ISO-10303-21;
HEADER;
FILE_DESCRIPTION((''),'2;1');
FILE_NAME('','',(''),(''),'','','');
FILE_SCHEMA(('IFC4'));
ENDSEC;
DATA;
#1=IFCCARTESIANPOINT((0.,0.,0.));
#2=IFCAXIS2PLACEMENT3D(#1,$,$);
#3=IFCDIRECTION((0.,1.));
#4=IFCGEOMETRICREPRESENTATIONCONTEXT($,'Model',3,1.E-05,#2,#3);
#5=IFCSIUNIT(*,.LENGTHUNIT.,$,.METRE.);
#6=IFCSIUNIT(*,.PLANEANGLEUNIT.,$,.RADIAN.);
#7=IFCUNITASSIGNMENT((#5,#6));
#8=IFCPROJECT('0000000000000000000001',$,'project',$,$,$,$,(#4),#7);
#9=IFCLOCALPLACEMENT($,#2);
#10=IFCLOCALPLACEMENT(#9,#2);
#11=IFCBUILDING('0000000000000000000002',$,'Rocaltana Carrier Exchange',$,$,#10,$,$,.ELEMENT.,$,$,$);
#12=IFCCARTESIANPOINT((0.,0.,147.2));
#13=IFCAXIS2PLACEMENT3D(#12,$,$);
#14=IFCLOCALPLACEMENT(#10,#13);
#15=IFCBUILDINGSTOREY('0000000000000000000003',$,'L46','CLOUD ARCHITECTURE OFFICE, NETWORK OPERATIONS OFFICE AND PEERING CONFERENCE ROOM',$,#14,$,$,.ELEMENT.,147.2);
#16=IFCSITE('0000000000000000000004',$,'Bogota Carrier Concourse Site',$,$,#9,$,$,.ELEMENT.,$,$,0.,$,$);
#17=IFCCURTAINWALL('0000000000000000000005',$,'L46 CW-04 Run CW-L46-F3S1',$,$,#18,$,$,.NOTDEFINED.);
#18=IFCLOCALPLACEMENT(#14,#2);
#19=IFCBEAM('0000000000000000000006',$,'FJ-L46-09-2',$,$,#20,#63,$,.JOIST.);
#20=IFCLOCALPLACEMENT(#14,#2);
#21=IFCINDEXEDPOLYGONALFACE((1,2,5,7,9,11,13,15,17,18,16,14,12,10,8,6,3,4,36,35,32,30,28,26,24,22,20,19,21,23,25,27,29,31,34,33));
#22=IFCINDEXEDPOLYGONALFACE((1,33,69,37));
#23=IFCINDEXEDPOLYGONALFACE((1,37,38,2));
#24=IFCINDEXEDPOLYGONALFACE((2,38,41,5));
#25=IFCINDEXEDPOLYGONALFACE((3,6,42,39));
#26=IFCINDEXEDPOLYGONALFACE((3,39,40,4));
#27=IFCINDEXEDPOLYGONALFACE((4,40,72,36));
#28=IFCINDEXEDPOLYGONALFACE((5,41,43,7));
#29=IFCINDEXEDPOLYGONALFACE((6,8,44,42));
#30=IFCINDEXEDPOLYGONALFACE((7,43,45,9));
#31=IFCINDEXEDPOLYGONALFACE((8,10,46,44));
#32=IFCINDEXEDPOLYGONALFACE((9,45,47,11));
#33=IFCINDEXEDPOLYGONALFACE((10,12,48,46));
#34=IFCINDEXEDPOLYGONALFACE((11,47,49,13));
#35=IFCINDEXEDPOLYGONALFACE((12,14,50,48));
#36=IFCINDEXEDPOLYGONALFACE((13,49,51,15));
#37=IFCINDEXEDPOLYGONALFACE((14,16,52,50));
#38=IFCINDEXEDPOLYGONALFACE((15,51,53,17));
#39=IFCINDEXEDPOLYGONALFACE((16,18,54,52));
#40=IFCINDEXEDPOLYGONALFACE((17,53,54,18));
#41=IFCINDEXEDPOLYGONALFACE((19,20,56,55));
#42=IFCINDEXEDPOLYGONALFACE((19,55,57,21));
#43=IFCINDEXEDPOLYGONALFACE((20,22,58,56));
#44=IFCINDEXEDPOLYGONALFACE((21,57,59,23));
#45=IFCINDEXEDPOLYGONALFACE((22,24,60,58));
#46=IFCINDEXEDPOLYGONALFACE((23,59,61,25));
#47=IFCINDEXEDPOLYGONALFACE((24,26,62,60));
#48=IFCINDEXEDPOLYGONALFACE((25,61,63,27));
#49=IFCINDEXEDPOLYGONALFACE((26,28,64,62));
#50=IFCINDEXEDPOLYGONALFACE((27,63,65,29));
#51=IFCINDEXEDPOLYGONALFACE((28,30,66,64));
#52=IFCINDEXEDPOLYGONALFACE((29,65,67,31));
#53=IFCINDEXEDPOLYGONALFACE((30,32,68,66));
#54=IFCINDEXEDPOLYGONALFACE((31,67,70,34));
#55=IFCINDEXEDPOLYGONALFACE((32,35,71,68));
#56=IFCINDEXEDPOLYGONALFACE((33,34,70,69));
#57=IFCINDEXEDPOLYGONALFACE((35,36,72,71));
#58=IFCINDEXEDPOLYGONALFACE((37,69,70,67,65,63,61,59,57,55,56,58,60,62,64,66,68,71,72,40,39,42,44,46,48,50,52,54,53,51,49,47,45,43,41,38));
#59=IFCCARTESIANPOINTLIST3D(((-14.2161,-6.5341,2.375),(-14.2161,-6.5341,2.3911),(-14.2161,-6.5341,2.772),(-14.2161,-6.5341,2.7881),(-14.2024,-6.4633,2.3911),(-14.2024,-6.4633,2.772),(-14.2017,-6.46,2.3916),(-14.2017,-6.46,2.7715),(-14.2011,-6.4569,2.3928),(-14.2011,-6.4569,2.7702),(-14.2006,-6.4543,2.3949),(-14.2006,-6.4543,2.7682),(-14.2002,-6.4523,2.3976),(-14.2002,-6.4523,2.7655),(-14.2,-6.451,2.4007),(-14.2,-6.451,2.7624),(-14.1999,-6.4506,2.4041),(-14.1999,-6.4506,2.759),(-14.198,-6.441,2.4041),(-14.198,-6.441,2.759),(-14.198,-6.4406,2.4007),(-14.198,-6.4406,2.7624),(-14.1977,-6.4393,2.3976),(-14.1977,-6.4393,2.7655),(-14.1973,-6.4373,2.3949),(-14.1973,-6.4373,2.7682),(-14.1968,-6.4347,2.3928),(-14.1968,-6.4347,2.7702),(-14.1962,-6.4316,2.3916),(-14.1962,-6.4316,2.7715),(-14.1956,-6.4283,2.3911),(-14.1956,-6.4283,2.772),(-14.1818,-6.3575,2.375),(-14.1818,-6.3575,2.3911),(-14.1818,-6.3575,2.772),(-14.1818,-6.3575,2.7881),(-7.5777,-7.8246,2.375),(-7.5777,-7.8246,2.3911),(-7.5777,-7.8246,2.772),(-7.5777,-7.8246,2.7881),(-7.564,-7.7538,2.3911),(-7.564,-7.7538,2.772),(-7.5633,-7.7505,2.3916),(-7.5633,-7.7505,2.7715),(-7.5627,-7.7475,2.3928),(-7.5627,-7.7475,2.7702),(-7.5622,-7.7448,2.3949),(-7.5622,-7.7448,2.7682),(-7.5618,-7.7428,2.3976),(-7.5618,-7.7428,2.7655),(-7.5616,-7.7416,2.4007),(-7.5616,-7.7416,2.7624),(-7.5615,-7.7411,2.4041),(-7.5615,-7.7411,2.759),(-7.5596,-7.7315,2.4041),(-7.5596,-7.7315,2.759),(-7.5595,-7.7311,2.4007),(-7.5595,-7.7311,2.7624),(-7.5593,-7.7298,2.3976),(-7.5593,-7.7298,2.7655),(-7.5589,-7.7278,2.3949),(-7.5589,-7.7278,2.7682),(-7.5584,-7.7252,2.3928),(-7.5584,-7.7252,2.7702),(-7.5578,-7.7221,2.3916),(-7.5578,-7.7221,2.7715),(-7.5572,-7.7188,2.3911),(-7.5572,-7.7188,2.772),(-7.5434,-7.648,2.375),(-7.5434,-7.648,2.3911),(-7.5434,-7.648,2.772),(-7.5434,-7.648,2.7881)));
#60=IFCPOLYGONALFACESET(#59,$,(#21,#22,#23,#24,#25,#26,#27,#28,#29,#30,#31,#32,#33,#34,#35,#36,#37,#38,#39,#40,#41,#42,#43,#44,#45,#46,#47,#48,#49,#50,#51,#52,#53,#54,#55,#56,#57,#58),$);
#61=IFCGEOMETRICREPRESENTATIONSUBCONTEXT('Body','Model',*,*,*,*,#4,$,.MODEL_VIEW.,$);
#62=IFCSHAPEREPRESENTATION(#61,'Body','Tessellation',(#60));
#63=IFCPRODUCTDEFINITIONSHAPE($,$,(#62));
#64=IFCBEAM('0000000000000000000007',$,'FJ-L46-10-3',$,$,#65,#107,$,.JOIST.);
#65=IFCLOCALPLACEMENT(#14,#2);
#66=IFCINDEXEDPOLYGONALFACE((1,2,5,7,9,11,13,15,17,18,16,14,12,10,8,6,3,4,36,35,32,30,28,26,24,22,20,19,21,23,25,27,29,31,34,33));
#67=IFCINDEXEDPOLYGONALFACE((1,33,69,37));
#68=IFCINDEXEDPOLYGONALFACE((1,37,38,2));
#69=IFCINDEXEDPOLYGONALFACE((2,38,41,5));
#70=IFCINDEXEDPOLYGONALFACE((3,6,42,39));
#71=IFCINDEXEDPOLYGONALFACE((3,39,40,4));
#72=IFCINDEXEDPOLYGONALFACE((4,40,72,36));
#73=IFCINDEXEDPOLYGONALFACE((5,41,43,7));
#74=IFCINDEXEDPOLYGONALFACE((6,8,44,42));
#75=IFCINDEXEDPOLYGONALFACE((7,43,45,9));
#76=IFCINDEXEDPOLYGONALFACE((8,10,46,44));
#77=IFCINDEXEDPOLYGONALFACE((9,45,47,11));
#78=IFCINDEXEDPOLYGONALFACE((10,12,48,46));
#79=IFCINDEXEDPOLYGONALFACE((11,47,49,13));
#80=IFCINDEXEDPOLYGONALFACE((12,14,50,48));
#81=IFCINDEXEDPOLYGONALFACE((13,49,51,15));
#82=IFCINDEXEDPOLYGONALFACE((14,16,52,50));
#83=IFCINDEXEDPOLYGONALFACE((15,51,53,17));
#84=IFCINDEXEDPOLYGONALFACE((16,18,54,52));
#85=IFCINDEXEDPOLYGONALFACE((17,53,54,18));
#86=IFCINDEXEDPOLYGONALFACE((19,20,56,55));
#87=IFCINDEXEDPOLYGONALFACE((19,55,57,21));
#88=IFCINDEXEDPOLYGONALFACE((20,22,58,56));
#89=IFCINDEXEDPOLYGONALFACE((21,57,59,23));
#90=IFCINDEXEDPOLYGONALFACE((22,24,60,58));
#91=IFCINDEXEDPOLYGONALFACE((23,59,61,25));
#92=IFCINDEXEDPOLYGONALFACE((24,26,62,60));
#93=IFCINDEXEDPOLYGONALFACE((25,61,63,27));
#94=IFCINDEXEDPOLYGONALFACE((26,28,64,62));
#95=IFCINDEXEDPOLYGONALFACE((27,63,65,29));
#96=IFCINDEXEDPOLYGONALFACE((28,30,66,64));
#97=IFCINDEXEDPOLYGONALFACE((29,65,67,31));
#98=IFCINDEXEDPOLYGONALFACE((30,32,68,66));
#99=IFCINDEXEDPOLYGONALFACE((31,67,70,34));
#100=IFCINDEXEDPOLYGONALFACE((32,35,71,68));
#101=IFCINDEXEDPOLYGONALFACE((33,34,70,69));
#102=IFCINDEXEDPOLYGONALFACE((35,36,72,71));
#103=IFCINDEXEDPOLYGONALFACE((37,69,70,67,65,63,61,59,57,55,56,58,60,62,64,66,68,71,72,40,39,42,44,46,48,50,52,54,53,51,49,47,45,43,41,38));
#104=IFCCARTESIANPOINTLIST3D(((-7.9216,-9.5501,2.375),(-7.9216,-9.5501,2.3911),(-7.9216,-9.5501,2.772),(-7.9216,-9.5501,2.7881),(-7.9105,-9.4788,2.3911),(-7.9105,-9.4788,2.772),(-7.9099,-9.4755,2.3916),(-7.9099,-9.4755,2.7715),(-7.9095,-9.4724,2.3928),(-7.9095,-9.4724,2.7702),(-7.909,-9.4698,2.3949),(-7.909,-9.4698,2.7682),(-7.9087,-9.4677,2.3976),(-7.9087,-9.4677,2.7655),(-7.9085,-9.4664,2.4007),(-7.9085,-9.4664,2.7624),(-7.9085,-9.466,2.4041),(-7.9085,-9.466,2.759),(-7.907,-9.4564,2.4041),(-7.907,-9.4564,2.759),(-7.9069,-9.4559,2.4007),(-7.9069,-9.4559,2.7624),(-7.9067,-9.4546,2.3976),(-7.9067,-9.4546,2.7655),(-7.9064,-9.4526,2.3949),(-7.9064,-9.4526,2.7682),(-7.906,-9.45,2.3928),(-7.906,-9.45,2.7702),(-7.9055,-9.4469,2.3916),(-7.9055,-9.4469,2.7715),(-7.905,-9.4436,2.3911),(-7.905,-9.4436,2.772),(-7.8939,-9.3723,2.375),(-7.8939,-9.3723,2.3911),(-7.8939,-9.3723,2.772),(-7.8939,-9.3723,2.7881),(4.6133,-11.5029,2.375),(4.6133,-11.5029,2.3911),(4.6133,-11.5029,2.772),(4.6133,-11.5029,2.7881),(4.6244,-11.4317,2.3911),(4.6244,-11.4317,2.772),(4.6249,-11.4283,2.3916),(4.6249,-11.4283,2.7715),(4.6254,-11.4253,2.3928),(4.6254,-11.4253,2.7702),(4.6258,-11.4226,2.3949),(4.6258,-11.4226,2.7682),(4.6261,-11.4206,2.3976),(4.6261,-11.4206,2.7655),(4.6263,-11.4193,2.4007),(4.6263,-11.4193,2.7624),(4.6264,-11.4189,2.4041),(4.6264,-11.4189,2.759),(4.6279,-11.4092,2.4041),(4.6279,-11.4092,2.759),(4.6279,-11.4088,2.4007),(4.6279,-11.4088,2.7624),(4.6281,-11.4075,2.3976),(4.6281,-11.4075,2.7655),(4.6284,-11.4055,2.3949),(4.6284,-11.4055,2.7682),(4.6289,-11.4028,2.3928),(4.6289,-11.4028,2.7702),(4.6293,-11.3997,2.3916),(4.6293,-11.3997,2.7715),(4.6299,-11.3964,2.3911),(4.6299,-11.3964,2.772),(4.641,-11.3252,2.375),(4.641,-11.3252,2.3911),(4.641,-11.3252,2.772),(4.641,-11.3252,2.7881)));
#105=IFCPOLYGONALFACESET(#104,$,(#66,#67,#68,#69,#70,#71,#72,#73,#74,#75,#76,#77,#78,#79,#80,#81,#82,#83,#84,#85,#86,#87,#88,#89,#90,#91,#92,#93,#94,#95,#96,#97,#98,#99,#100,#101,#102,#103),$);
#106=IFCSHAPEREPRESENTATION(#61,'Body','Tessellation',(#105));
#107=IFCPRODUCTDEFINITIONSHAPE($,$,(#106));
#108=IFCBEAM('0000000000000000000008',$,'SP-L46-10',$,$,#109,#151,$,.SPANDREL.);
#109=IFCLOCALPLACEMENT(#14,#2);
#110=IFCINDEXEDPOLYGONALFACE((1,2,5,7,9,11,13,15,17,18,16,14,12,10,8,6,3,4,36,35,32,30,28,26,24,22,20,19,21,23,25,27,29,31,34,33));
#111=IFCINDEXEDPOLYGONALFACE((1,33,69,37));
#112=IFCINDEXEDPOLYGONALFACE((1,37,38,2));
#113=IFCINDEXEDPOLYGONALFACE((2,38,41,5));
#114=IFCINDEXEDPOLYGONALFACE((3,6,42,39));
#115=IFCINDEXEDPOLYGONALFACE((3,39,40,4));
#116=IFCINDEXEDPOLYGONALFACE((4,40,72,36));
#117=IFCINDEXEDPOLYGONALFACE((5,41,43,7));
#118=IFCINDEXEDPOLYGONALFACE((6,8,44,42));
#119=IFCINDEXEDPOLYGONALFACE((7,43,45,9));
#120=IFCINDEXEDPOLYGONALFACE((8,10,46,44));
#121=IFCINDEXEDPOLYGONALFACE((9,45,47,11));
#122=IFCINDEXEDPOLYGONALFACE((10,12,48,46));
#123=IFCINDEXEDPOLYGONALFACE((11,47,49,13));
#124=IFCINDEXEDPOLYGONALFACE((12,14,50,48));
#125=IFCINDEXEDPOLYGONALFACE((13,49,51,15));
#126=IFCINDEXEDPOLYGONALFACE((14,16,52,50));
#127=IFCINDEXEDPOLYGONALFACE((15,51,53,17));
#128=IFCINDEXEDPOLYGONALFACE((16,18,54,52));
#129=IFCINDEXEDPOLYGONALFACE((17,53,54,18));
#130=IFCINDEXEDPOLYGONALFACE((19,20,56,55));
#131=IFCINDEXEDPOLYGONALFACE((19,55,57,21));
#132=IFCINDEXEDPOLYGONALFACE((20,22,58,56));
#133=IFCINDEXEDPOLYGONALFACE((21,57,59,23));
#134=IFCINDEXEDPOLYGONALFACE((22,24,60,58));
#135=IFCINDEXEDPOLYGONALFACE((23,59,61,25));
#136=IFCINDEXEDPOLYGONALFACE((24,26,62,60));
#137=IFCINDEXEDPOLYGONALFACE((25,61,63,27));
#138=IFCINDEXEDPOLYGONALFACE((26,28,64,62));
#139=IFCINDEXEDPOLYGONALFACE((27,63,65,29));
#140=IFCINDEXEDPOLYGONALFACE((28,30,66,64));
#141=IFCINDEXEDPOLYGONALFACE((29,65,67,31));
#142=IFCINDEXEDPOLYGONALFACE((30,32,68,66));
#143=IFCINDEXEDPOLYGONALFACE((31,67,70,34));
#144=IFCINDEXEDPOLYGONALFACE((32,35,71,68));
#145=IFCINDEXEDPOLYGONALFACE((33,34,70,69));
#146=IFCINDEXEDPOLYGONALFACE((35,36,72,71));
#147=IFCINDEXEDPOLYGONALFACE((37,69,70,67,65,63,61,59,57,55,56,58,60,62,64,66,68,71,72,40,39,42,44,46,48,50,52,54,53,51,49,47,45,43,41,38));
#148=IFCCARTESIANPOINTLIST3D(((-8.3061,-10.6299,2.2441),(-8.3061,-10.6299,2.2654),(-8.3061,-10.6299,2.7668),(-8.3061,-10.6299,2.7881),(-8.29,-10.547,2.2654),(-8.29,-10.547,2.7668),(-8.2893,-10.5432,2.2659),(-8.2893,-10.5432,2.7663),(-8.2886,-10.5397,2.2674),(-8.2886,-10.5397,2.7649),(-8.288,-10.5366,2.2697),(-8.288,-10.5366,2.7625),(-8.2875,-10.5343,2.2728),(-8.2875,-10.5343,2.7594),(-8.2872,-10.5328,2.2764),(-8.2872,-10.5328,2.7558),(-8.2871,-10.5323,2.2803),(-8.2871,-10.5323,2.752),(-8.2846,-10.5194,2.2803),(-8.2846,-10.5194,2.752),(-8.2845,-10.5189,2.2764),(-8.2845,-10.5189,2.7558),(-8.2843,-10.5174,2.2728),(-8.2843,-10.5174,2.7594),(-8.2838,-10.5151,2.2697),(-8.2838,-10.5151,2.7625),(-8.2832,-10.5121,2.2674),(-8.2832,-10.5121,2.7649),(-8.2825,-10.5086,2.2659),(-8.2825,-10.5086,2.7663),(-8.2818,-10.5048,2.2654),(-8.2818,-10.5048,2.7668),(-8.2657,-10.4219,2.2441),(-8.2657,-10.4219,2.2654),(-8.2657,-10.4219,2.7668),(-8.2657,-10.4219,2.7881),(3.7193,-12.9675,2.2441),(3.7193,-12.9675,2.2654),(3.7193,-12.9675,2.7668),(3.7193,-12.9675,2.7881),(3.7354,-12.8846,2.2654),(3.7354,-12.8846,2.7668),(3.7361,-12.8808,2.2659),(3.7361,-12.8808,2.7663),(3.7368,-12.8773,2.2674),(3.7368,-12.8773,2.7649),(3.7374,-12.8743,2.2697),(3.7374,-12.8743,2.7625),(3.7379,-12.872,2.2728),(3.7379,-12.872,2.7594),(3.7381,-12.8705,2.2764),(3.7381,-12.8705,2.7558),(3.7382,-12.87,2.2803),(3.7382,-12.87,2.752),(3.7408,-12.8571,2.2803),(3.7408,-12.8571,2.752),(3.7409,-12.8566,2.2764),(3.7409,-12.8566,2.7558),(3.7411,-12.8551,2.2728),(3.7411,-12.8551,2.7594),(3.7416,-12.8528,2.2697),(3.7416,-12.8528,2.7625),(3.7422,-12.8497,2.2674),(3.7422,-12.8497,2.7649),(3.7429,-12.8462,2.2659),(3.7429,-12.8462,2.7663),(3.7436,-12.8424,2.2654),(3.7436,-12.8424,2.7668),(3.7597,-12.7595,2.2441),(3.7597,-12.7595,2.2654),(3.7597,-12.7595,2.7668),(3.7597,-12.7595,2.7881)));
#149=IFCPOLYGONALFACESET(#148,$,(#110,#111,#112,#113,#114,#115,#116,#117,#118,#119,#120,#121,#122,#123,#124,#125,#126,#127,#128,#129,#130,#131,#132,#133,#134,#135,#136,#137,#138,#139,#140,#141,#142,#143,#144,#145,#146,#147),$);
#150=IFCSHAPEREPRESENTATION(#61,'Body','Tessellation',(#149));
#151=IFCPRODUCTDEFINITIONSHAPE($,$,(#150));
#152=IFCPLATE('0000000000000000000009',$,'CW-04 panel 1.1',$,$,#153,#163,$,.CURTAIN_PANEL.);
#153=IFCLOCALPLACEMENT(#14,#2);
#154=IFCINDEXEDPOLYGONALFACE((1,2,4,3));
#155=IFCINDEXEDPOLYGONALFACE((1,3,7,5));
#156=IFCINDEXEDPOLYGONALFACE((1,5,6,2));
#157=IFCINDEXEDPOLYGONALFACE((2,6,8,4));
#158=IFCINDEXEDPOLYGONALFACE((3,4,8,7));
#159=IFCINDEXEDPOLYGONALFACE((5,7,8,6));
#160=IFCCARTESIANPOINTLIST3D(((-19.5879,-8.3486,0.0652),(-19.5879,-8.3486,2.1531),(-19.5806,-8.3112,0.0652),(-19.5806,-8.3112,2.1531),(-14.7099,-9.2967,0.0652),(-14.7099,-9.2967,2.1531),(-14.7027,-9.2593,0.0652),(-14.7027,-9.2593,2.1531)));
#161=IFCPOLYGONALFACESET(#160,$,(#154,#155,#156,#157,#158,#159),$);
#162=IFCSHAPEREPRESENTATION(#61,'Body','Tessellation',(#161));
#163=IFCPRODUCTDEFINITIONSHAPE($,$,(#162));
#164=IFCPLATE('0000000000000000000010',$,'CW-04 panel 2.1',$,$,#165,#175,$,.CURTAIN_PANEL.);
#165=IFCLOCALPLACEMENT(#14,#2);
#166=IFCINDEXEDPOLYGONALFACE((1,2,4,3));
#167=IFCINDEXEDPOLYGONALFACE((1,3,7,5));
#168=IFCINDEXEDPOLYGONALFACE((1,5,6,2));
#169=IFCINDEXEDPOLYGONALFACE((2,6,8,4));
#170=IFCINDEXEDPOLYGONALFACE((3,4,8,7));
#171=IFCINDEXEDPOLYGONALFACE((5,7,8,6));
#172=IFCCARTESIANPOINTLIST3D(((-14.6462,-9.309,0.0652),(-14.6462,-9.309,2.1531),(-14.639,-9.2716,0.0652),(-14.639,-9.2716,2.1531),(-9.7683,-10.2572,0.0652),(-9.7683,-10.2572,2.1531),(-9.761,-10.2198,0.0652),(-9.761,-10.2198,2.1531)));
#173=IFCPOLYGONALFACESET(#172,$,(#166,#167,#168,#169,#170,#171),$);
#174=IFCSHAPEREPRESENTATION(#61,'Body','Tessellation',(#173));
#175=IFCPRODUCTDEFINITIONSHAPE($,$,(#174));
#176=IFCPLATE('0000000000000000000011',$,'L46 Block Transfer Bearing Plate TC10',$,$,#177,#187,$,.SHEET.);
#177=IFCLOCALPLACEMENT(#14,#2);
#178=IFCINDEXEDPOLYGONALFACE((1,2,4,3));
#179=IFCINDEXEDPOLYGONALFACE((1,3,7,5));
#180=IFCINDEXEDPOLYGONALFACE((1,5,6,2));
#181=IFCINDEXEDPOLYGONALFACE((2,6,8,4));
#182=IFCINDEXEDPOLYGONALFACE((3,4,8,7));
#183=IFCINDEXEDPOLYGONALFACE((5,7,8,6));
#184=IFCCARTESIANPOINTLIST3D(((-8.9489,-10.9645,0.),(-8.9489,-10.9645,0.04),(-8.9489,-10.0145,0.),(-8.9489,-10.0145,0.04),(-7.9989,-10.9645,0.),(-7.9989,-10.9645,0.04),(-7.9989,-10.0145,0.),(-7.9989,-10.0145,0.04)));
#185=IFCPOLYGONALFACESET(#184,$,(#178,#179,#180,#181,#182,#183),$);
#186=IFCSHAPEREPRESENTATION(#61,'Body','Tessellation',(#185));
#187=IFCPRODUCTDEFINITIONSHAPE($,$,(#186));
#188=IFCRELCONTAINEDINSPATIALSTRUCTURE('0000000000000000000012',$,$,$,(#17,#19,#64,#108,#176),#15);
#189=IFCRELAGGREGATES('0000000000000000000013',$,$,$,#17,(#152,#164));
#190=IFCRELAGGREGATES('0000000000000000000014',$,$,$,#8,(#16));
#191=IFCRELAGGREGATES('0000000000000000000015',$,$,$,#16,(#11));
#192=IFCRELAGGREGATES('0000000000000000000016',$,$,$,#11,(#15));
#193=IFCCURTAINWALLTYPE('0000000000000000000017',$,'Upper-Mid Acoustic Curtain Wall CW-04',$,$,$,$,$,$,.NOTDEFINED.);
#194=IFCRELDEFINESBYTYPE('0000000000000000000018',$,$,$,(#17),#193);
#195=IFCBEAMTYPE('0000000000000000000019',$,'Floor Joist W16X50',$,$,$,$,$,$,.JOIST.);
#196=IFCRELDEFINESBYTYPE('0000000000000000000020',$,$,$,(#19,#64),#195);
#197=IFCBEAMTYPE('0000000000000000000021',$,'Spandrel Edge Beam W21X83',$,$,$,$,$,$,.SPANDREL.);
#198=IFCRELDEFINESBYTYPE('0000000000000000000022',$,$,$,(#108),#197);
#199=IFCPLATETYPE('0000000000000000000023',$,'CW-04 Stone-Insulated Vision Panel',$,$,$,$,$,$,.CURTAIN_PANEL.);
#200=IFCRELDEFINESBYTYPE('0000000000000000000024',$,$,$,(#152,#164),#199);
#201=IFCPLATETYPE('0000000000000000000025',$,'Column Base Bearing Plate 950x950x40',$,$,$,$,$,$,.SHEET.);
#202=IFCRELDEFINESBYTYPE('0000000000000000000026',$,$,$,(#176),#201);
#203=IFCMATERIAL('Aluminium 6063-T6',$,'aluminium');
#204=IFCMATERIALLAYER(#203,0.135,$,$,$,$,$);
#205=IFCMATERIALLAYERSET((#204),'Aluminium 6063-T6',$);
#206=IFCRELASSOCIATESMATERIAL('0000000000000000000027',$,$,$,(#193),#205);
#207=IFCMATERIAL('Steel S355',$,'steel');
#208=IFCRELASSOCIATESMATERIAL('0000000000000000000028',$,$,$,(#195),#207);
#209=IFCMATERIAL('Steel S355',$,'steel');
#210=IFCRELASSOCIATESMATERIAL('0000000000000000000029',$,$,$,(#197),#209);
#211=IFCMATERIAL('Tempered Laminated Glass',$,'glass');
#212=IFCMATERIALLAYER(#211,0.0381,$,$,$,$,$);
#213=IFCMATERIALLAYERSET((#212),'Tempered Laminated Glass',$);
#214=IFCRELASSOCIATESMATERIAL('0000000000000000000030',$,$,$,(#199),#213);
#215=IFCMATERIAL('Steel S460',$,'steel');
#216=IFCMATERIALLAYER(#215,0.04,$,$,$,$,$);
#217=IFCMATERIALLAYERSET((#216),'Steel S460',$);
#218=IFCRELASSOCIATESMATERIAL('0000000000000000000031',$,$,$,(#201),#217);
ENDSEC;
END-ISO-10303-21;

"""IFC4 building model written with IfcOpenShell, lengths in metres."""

from ifc_helpers import new_model, si_unit, direction, frame, origin, origin_2d, place, context, subcontext, project, spatial, rectangle, i_section, extrude, material, layer, layer_set, material_profile, profile_set, type_object, element, aggregate, save


model = new_model("IFC4")

# Units and contexts
model_context = context("Model", 3, precision=1e-05, world=origin(), true_north=direction((0.0, 1.0)))
body_context = subcontext(model_context, "Body", "Model", "MODEL_VIEW")
ifc_project = project(units=[si_unit("LENGTHUNIT", "METRE"), si_unit("PLANEANGLEUNIT", "RADIAN")], contexts=[model_context])

# Site, building, storey
site_placement = place(None, origin())
site = spatial("IfcSite", under=ifc_project, at=site_placement, Name="Bogota Carrier Concourse Site", CompositionType="ELEMENT", RefElevation=0.0)
building_placement = place(site_placement, origin())
building = spatial("IfcBuilding", under=site, at=building_placement, Name="Rocaltana Carrier Exchange", CompositionType="ELEMENT")
storey_placement = place(building_placement, frame((0.0, 0.0, 147.2)))
storey = spatial("IfcBuildingStorey", under=building, at=storey_placement, Name="L46", Description="CLOUD ARCHITECTURE OFFICE, NETWORK OPERATIONS OFFICE AND PEERING CONFERENCE ROOM", CompositionType="ELEMENT", Elevation=147.2)

# Shared definitions
ifc_material_1 = material(Name="Aluminium 6063-T6", Category="aluminium")
ifc_layer_1 = layer(ifc_material_1, 0.135)
ifc_layer_set_1 = layer_set([ifc_layer_1], Name="Aluminium 6063-T6")
curtain_wall_type = type_object("IfcCurtainWallType", Name="Upper-Mid Acoustic Curtain Wall CW-04", PredefinedType="NOTDEFINED", material=ifc_layer_set_1)

# Curtain wall
curtain_wall_1_placement = place(storey_placement, origin())
curtain_wall_1 = element("IfcCurtainWall", 1, at=curtain_wall_1_placement, inside=storey, type_object=curtain_wall_type, Name="L46 CW-04 Run CW-L46-F3S1", PredefinedType="NOTDEFINED")

# Beams
ifc_material_2 = material(Name="Steel S355", Category="steel")
ifc_material_profile_1 = material_profile(ifc_material_2, i_section(OverallWidth=0.1799, OverallDepth=0.4131, WebThickness=0.0098, FlangeThickness=0.0161, FilletRadius=0.0129, at=origin_2d()), Name="W16X50")
ifc_profile_set_1 = profile_set([ifc_material_profile_1], Name="Steel S355")
beam_type_1 = type_object("IfcBeamType", Name="Floor Joist W16X50", PredefinedType="JOIST", material=ifc_profile_set_1)
beam_1_placement = place(storey_placement, frame((-14.199, -6.4458, 2.5815), z_axis=(0.981623, -0.19083, 0.0), x_axis=(0.19083, 0.981623, 0.0)))
element("IfcBeam", 2, at=beam_1_placement, inside=storey, type_object=beam_type_1, Name="FJ-L46-09-2", PredefinedType="JOIST", context=body_context, shape_type="SweptSolid", body=[
    extrude(i_section(OverallWidth=0.1799, OverallDepth=0.4131, WebThickness=0.0098, FlangeThickness=0.0161, FilletRadius=0.0129, at=origin_2d()), origin(), (0.0, 0.0, 1.0), 6.7627),
])
beam_2_placement = place(storey_placement, frame((-7.9077, -9.4612, 2.5815), z_axis=(0.98808, -0.153938, 0.0), x_axis=(0.153938, 0.98808, 0.0)))
element("IfcBeam", 3, at=beam_2_placement, inside=storey, type_object=beam_type_1, Name="FJ-L46-10-3", PredefinedType="JOIST", context=body_context, shape_type="SweptSolid", body=[
    extrude(i_section(OverallWidth=0.1799, OverallDepth=0.4131, WebThickness=0.0098, FlangeThickness=0.0161, FilletRadius=0.0129, at=origin_2d()), origin(), (0.0, 0.0, 1.0), 12.686),
])
ifc_material_3 = material(Name="Steel S355", Category="steel")
ifc_material_profile_2 = material_profile(ifc_material_3, i_section(OverallWidth=0.2119, OverallDepth=0.5439, WebThickness=0.0132, FlangeThickness=0.0212, FilletRadius=0.0149, at=origin_2d()), Name="W21X83")
ifc_profile_set_2 = profile_set([ifc_material_profile_2], Name="Steel S355")
beam_type_2 = type_object("IfcBeamType", Name="Spandrel Edge Beam W21X83", PredefinedType="SPANDREL", material=ifc_profile_set_2)
beam_3_placement = place(storey_placement, frame((-8.2859, -10.5259, 2.5161), z_axis=(0.981625, -0.190821, 0.0), x_axis=(0.190821, 0.981625, 0.0)))
element("IfcBeam", 4, at=beam_3_placement, inside=storey, type_object=beam_type_2, Name="SP-L46-10", PredefinedType="SPANDREL", context=body_context, shape_type="SweptSolid", body=[
    extrude(i_section(OverallWidth=0.2119, OverallDepth=0.5439, WebThickness=0.0132, FlangeThickness=0.0212, FilletRadius=0.0149, at=origin_2d()), origin(), (0.0, 0.0, 1.0), 12.2505),
])

# Plates
ifc_material_4 = material(Name="Tempered Laminated Glass", Category="glass")
ifc_layer_2 = layer(ifc_material_4, 0.0381)
ifc_layer_set_2 = layer_set([ifc_layer_2], Name="Tempered Laminated Glass")
plate_type_1 = type_object("IfcPlateType", Name="CW-04 Stone-Insulated Vision Panel", PredefinedType="CURTAIN_PANEL", material=ifc_layer_set_2)
plate_1_placement = place(storey_placement, frame((-17.1453, -8.804, 0.0652), z_axis=(0.0, 0.0, 1.0), x_axis=(0.981628, -0.190803, 0.0)))
plate_1 = element("IfcPlate", 5, at=plate_1_placement, type_object=plate_type_1, Name="CW-04 panel 1.1", PredefinedType="CURTAIN_PANEL", context=body_context, shape_type="SweptSolid", body=[
    extrude(rectangle(XDim=4.9692, YDim=0.0381, at=origin_2d()), origin(), (0.0, 0.0, 1.0), 2.0879),
])
plate_2_placement = place(storey_placement, frame((-12.2036, -9.7644, 0.0652), z_axis=(0.0, 0.0, 1.0), x_axis=(0.981628, -0.190803, 0.0)))
plate_2 = element("IfcPlate", 6, at=plate_2_placement, type_object=plate_type_1, Name="CW-04 panel 2.1", PredefinedType="CURTAIN_PANEL", context=body_context, shape_type="SweptSolid", body=[
    extrude(rectangle(XDim=4.9692, YDim=0.0381, at=origin_2d()), origin(), (0.0, 0.0, 1.0), 2.0879),
])
aggregate(curtain_wall_1, [plate_1, plate_2])
ifc_material_5 = material(Name="Steel S460", Category="steel")
ifc_layer_3 = layer(ifc_material_5, 0.04)
ifc_layer_set_3 = layer_set([ifc_layer_3], Name="Steel S460")
plate_type_2 = type_object("IfcPlateType", Name="Column Base Bearing Plate 950x950x40", PredefinedType="SHEET", material=ifc_layer_set_3)
plate_3_placement = place(storey_placement, frame((-8.4739, -10.4895, 0.0), z_axis=(0.0, 0.0, 1.0), x_axis=(1.0, 0.0, 0.0)))
element("IfcPlate", 7, at=plate_3_placement, inside=storey, type_object=plate_type_2, Name="L46 Block Transfer Bearing Plate TC10", PredefinedType="SHEET", context=body_context, shape_type="SweptSolid", body=[
    extrude(rectangle(XDim=0.95, YDim=0.95, at=origin_2d()), origin(), (0.0, 0.0, 1.0), 0.04),
])

save(model, "model.ifc")
